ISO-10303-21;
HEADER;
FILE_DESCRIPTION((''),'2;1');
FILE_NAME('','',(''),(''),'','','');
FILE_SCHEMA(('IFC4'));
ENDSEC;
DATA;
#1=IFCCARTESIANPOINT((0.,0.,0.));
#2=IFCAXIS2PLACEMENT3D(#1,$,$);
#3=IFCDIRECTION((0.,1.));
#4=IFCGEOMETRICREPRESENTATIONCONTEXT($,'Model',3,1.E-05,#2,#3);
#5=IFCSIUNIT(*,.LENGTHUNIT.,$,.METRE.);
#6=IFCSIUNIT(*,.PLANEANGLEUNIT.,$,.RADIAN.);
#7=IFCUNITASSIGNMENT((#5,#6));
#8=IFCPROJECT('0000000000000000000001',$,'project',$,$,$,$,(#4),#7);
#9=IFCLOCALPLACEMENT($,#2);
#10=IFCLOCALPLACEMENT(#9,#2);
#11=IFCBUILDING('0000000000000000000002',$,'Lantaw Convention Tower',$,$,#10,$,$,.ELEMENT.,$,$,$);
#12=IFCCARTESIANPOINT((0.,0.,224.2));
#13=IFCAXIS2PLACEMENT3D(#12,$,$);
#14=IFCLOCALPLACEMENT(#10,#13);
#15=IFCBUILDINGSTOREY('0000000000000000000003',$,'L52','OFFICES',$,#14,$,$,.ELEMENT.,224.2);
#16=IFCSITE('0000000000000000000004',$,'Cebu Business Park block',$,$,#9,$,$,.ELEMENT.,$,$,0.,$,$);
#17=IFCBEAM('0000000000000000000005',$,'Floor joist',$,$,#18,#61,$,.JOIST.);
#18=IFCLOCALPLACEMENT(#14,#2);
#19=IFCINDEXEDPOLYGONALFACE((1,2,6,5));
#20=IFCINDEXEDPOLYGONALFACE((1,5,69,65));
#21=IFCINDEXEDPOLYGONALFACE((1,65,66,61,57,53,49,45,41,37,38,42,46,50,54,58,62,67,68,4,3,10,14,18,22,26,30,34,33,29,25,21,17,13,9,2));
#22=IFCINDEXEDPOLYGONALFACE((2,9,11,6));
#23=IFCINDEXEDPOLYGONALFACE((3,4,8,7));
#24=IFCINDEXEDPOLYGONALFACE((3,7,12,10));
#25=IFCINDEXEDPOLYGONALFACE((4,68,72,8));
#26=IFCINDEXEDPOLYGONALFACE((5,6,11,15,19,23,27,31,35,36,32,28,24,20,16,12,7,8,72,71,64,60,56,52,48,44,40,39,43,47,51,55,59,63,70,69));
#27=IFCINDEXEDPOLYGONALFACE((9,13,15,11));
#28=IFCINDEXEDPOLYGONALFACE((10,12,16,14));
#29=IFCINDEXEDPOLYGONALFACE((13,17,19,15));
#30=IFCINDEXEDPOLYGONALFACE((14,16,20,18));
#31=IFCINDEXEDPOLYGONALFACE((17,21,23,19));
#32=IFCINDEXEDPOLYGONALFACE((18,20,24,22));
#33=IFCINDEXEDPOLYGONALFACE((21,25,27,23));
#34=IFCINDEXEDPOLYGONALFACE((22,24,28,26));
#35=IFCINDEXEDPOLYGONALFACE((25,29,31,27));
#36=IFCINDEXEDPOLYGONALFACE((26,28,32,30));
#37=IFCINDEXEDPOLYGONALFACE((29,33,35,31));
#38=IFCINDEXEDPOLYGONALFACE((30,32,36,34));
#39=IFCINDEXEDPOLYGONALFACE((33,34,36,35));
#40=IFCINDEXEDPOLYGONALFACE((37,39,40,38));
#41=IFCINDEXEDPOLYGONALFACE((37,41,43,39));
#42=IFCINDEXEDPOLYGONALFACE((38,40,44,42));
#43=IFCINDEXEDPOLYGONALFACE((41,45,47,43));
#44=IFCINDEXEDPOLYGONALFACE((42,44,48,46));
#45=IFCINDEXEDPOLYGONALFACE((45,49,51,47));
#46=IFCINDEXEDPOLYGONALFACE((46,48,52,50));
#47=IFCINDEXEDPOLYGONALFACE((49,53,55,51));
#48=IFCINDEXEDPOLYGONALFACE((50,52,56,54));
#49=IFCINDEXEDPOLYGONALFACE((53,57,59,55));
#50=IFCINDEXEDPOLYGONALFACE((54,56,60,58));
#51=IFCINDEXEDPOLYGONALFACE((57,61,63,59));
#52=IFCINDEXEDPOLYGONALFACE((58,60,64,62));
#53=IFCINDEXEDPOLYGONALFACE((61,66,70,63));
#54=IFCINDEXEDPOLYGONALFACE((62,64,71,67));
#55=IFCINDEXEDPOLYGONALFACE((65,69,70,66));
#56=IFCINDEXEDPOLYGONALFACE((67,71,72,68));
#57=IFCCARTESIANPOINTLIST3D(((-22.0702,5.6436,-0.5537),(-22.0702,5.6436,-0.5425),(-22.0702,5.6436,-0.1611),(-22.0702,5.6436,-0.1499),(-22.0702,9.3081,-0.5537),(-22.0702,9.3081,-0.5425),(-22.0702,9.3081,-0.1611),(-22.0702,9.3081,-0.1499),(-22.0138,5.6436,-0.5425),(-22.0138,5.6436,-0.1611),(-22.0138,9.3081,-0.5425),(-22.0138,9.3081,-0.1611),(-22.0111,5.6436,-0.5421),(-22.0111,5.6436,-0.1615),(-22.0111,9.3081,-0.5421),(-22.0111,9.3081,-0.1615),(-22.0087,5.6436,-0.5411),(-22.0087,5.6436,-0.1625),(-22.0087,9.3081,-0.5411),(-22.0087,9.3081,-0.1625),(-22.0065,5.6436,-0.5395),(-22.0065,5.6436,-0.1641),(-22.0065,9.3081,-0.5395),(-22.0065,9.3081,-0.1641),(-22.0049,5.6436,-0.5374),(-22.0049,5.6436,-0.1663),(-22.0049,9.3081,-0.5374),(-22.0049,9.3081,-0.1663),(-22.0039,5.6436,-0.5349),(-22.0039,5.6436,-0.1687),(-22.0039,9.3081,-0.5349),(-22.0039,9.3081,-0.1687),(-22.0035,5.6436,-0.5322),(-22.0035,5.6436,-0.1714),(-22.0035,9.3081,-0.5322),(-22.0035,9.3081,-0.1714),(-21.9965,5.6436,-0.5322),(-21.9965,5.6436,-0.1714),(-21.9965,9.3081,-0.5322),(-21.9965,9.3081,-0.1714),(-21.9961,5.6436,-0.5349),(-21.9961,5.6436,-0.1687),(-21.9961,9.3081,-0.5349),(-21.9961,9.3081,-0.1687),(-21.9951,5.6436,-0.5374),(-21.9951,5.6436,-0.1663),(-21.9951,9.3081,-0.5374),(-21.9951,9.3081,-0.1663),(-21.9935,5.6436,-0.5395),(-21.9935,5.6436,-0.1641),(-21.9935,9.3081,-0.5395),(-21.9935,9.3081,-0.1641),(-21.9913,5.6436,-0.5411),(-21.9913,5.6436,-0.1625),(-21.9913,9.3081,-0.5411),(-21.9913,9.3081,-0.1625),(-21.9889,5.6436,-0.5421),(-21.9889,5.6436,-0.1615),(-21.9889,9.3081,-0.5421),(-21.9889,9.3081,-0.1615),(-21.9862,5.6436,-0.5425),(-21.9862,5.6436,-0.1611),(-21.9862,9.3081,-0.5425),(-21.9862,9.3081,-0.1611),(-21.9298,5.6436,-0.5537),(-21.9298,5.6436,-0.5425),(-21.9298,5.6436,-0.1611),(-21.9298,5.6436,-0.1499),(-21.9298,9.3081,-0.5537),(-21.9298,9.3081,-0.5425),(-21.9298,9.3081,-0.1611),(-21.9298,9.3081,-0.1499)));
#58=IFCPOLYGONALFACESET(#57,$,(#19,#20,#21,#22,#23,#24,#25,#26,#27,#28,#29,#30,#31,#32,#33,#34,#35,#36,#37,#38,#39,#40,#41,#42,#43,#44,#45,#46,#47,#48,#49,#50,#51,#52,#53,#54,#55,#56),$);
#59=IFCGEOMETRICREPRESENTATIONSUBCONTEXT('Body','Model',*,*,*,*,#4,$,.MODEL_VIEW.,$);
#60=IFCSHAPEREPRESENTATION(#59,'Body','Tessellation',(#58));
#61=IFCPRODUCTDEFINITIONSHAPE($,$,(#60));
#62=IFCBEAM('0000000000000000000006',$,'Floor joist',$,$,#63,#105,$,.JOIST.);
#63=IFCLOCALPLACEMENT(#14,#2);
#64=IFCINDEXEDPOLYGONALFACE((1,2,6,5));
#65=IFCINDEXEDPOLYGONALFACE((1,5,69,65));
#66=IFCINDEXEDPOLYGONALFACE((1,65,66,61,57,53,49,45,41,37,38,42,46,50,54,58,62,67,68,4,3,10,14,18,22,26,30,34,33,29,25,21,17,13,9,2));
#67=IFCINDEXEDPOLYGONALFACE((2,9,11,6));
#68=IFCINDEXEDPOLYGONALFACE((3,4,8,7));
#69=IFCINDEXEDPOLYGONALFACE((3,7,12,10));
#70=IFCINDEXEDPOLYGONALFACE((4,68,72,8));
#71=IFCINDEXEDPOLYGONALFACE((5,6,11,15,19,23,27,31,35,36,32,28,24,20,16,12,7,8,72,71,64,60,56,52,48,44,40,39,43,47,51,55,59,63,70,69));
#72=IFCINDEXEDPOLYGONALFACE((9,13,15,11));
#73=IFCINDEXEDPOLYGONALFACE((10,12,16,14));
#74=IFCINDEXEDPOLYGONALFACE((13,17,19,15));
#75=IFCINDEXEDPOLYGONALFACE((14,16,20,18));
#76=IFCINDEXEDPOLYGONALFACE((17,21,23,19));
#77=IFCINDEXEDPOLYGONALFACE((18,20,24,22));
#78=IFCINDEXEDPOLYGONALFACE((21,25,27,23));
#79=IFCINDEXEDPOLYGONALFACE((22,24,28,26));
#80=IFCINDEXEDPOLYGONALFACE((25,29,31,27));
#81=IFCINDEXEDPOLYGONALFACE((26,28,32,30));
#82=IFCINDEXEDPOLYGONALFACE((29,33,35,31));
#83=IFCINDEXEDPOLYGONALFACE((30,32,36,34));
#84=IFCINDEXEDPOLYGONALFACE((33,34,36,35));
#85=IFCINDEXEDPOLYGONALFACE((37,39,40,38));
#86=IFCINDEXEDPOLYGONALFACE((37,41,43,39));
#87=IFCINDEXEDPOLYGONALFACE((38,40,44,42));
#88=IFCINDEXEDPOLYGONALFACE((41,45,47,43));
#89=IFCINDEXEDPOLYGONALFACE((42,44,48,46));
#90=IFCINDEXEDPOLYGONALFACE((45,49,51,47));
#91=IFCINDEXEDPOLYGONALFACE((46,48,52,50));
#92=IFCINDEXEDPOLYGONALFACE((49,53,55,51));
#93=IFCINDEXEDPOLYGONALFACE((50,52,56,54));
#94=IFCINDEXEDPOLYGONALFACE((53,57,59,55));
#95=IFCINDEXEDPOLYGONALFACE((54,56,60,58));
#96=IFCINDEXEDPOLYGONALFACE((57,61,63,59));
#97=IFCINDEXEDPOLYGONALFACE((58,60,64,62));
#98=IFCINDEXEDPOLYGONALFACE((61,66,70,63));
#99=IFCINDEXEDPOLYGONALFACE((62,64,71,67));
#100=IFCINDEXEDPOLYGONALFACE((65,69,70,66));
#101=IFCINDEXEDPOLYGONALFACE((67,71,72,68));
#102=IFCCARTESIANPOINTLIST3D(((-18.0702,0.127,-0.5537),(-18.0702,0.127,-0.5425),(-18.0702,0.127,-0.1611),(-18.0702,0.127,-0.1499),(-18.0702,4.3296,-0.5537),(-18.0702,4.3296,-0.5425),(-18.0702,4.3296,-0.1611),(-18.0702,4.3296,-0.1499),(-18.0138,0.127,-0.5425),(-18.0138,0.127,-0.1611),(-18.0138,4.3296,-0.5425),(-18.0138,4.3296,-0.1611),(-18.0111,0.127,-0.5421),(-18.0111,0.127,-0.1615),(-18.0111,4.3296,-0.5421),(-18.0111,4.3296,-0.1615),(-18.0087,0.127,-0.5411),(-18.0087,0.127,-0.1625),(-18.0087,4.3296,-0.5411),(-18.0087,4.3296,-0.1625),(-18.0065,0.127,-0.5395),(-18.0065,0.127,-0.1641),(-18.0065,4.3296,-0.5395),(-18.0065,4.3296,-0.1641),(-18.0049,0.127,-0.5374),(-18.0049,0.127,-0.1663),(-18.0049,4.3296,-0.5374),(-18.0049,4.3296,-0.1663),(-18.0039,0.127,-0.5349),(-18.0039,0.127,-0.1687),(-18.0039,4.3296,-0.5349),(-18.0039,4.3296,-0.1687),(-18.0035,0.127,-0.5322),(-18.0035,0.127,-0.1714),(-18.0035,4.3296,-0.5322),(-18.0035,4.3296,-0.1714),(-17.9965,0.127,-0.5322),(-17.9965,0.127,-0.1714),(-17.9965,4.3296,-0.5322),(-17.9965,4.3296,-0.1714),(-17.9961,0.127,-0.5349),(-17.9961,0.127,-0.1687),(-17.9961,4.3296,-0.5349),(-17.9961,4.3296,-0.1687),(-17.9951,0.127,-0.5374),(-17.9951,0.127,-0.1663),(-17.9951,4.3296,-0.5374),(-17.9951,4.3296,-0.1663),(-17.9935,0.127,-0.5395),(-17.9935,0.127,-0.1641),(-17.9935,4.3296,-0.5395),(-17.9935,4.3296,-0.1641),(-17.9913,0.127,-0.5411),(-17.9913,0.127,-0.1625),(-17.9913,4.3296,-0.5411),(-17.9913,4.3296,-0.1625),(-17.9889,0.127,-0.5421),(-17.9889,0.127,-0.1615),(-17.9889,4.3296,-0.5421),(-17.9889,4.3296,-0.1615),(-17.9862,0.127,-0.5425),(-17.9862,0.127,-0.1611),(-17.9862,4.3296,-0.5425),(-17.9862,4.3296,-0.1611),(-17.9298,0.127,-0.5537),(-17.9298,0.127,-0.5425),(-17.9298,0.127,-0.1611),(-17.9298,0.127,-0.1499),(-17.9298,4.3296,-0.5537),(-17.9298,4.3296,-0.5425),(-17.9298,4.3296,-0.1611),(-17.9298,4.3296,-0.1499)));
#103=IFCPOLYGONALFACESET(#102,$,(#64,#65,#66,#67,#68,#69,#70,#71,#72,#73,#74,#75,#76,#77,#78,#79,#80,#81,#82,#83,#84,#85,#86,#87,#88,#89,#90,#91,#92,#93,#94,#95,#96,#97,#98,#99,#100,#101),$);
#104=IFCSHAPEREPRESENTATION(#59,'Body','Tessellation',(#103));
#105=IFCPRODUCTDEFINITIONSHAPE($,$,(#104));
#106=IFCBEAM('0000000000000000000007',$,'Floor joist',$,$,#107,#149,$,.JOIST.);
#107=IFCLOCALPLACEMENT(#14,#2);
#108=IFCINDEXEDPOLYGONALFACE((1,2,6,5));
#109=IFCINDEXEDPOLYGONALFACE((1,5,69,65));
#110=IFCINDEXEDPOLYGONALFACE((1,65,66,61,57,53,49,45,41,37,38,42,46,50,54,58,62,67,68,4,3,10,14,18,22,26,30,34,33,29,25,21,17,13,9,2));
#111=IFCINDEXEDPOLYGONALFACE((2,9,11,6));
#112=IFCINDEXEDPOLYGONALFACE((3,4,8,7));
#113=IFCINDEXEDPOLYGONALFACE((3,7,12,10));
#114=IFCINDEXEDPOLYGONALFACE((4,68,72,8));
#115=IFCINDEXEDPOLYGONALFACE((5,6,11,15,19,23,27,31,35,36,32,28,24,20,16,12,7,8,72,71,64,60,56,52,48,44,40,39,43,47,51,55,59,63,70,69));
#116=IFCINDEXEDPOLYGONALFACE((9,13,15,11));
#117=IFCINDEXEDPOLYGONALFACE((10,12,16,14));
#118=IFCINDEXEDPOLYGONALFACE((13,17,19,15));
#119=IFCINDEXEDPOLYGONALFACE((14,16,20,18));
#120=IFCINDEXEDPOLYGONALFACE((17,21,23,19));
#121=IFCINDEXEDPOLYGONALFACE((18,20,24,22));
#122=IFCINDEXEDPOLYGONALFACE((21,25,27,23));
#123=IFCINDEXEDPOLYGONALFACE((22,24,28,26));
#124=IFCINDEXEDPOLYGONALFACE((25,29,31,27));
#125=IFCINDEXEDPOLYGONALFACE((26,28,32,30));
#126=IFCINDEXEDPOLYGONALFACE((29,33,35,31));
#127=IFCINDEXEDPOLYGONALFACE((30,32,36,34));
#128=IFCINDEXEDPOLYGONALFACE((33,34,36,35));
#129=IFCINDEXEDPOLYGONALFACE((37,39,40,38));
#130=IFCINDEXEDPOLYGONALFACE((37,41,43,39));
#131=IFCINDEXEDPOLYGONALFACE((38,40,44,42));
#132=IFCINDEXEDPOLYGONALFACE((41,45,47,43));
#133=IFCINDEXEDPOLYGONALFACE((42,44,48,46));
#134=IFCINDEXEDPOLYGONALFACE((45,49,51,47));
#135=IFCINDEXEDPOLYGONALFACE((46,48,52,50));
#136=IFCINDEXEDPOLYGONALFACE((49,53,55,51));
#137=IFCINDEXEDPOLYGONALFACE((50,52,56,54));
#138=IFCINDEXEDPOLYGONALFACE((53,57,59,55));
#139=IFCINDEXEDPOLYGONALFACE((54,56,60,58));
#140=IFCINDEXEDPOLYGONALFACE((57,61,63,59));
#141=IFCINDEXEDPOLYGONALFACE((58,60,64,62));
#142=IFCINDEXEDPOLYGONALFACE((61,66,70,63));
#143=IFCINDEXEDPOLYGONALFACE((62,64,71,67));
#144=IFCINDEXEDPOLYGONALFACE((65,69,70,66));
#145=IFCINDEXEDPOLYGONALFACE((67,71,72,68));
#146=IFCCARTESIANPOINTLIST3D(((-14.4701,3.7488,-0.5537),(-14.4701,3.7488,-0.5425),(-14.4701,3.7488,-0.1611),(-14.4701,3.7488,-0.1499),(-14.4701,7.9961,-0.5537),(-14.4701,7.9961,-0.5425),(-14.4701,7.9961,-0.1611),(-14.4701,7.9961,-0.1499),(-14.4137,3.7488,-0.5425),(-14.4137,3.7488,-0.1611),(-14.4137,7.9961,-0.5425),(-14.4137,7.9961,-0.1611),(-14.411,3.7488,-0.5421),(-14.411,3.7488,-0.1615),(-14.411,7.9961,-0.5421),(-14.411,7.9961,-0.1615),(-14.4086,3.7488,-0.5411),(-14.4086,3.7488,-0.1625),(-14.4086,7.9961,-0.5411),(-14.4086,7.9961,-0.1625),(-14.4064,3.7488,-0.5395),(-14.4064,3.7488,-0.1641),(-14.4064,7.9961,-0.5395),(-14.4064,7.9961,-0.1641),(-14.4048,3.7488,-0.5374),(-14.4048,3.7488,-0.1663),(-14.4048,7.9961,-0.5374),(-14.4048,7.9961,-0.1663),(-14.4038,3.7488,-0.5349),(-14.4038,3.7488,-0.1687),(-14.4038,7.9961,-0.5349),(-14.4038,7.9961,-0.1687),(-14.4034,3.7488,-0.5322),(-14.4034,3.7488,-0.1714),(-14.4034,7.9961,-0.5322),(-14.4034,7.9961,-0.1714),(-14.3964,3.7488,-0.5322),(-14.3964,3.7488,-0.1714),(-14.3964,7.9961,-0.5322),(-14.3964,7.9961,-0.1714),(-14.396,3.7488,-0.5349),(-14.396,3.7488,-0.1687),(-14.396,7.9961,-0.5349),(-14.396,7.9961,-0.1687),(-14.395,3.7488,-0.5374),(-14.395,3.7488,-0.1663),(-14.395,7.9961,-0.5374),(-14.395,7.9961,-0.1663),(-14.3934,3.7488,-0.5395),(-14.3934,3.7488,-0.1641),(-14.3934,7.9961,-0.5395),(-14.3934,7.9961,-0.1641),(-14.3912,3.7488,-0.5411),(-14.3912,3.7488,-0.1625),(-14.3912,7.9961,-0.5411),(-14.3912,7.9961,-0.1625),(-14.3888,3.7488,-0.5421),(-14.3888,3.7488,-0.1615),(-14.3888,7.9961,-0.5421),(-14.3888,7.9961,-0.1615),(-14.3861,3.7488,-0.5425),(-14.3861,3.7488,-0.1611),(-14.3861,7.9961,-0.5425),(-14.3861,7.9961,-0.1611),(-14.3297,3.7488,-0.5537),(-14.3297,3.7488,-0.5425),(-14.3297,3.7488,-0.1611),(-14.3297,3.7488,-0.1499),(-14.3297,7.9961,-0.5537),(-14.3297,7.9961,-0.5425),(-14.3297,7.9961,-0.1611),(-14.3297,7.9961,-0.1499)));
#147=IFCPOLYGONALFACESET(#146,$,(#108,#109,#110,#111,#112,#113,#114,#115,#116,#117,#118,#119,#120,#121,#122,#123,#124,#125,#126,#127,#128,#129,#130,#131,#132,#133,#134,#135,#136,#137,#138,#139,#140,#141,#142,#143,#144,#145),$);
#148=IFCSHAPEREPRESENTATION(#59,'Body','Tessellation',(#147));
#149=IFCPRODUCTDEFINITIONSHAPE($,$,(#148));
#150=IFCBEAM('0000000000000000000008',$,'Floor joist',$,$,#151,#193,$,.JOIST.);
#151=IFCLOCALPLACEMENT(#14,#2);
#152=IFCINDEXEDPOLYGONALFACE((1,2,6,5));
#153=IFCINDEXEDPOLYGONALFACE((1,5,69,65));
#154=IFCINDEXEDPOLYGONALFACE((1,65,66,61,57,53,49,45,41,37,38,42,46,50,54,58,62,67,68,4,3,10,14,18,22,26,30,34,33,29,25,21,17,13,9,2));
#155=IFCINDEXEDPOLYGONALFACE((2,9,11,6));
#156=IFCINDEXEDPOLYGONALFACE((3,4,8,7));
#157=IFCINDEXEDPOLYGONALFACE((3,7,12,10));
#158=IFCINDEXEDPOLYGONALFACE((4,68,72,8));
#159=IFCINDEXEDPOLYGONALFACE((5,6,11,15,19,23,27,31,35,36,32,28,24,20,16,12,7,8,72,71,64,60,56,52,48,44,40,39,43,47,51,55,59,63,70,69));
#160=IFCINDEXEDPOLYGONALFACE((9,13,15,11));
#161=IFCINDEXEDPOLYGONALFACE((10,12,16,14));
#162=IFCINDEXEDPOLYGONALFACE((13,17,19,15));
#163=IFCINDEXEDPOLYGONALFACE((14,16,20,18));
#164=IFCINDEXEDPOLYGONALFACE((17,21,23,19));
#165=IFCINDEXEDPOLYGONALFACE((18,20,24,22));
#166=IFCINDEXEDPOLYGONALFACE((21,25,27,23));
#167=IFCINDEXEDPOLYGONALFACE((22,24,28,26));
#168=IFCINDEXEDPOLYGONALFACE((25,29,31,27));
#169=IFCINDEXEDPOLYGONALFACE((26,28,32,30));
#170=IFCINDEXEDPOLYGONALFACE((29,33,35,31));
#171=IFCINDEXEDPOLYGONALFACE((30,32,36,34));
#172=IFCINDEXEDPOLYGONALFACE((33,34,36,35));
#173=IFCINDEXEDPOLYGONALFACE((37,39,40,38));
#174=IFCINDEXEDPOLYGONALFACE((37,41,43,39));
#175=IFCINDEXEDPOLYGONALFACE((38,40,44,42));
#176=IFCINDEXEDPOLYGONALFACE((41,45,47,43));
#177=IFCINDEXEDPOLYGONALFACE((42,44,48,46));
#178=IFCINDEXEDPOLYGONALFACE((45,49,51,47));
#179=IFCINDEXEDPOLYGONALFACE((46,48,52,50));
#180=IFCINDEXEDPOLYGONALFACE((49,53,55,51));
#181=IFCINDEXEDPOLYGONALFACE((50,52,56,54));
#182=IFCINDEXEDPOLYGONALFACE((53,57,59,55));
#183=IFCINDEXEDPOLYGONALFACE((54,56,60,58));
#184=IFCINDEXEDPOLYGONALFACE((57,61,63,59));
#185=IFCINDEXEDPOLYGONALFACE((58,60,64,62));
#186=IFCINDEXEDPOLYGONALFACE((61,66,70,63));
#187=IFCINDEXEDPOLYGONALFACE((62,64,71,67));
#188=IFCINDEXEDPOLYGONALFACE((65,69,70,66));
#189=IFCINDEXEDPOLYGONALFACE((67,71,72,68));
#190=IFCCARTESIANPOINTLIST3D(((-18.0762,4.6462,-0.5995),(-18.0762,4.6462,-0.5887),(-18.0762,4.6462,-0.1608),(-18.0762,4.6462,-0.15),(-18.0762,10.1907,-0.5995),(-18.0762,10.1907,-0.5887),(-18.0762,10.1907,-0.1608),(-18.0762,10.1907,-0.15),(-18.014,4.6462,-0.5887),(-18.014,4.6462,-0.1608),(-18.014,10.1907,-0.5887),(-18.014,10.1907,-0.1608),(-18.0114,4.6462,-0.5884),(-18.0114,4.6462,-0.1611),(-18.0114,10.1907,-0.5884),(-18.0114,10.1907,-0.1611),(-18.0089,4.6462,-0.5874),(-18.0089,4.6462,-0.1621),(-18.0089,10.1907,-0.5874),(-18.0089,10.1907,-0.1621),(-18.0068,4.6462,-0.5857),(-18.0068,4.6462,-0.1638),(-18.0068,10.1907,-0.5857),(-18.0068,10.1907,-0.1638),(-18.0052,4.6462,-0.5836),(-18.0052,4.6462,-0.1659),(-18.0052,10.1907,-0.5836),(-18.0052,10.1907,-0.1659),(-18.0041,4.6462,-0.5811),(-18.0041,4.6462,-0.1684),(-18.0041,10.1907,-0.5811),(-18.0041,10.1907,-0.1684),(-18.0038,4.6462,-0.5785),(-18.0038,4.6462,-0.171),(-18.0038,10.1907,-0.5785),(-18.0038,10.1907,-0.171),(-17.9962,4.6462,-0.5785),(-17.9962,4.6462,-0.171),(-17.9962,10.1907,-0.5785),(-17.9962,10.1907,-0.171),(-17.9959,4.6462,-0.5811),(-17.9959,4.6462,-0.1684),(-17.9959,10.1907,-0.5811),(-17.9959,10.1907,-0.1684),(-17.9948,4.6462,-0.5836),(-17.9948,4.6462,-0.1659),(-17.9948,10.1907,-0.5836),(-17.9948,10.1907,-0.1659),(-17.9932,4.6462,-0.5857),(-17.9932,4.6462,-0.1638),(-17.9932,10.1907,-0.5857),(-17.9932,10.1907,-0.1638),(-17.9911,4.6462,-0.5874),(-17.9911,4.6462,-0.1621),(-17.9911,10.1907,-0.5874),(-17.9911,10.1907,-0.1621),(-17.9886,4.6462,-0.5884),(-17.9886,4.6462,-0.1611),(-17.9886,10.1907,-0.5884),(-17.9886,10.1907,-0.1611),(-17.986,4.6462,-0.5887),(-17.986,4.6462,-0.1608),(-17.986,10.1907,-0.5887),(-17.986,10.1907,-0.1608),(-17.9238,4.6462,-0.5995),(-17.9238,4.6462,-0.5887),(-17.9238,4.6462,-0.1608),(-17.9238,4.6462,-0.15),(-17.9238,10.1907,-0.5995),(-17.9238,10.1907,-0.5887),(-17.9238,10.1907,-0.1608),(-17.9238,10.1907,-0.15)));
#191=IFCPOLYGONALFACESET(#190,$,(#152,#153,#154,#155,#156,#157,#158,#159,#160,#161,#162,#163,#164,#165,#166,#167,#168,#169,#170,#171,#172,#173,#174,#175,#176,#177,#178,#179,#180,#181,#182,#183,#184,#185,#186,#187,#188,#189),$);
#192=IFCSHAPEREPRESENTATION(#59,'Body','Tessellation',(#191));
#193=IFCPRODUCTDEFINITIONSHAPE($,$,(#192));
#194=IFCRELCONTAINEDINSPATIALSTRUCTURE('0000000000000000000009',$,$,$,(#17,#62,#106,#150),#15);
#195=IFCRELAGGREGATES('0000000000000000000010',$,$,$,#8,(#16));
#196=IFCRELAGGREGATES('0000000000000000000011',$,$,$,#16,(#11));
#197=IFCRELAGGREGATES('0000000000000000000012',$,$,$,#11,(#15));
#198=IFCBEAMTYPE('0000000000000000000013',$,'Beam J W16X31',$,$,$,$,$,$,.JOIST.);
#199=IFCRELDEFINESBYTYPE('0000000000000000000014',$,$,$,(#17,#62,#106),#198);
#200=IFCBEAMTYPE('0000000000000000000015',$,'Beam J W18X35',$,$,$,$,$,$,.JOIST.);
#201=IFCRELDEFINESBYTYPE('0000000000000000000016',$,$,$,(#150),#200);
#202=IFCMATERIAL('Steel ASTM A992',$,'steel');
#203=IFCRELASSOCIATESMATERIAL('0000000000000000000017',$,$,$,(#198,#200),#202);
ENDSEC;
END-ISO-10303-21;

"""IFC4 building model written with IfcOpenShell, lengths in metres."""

from ifc_helpers import new_model, si_unit, direction, frame, origin, origin_2d, place, context, subcontext, project, spatial, i_section, extrude, material, material_profile, profile_set, type_object, element, save


model = new_model("IFC4")

# Units and contexts
model_context = context("Model", 3, precision=1e-05, world=origin(), true_north=direction((0.0, 1.0)))
body_context = subcontext(model_context, "Body", "Model", "MODEL_VIEW")
ifc_project = project(units=[si_unit("LENGTHUNIT", "METRE"), si_unit("PLANEANGLEUNIT", "RADIAN")], contexts=[model_context])

# Site, building, storey
site_placement = place(None, origin())
site = spatial("IfcSite", under=ifc_project, at=site_placement, Name="Cebu Business Park block", CompositionType="ELEMENT", RefElevation=0.0)
building_placement = place(site_placement, origin())
building = spatial("IfcBuilding", under=site, at=building_placement, Name="Lantaw Convention Tower", CompositionType="ELEMENT")
storey_placement = place(building_placement, frame((0.0, 0.0, 224.2)))
storey = spatial("IfcBuildingStorey", under=building, at=storey_placement, Name="L52", Description="OFFICES", CompositionType="ELEMENT", Elevation=224.2)

# Beams
ifc_material_1 = material(Name="Steel ASTM A992", Category="steel")
ifc_material_profile_1 = material_profile(ifc_material_1, i_section(OverallWidth=0.1404, OverallDepth=0.4038, WebThickness=0.0071, FlangeThickness=0.0112, FilletRadius=0.0103, at=origin_2d()), Name="W16X31")
ifc_profile_set_1 = profile_set([ifc_material_profile_1], Name="Steel ASTM A992")
beam_type_1 = type_object("IfcBeamType", Name="Beam J W16X31", PredefinedType="JOIST", material=ifc_profile_set_1)
beam_1_placement = place(storey_placement, frame((-22.0, 5.6436, -0.3518), z_axis=(0.0, 1.0, 0.0), x_axis=(-1.0, 0.0, 0.0)))
element("IfcBeam", 1, at=beam_1_placement, inside=storey, type_object=beam_type_1, Name="Floor joist", PredefinedType="JOIST", context=body_context, shape_type="SweptSolid", body=[
    extrude(i_section(OverallWidth=0.1404, OverallDepth=0.4038, WebThickness=0.0071, FlangeThickness=0.0112, FilletRadius=0.0103, at=origin_2d()), origin(), (0.0, 0.0, 1.0), 3.6646),
])
beam_2_placement = place(storey_placement, frame((-18.0, 0.127, -0.3518), z_axis=(0.0, 1.0, 0.0), x_axis=(-1.0, 0.0, 0.0)))
element("IfcBeam", 2, at=beam_2_placement, inside=storey, type_object=beam_type_1, Name="Floor joist", PredefinedType="JOIST", context=body_context, shape_type="SweptSolid", body=[
    extrude(i_section(OverallWidth=0.1404, OverallDepth=0.4038, WebThickness=0.0071, FlangeThickness=0.0112, FilletRadius=0.0103, at=origin_2d()), origin(), (0.0, 0.0, 1.0), 4.2026),
])
beam_3_placement = place(storey_placement, frame((-14.3999, 3.7488, -0.3518), z_axis=(0.0, 1.0, 0.0), x_axis=(-1.0, 0.0, 0.0)))
element("IfcBeam", 3, at=beam_3_placement, inside=storey, type_object=beam_type_1, Name="Floor joist", PredefinedType="JOIST", context=body_context, shape_type="SweptSolid", body=[
    extrude(i_section(OverallWidth=0.1404, OverallDepth=0.4038, WebThickness=0.0071, FlangeThickness=0.0112, FilletRadius=0.0103, at=origin_2d()), origin(), (0.0, 0.0, 1.0), 4.2473),
])
ifc_material_profile_2 = material_profile(ifc_material_1, i_section(OverallWidth=0.1523, OverallDepth=0.4495, WebThickness=0.0076, FlangeThickness=0.0107, FilletRadius=0.0103, at=origin_2d()), Name="W18X35")
ifc_profile_set_2 = profile_set([ifc_material_profile_2], Name="Steel ASTM A992")
beam_type_2 = type_object("IfcBeamType", Name="Beam J W18X35", PredefinedType="JOIST", material=ifc_profile_set_2)
beam_4_placement = place(storey_placement, frame((-18.0, 4.6462, -0.3748), z_axis=(0.0, 1.0, 0.0), x_axis=(-1.0, 0.0, 0.0)))
element("IfcBeam", 4, at=beam_4_placement, inside=storey, type_object=beam_type_2, Name="Floor joist", PredefinedType="JOIST", context=body_context, shape_type="SweptSolid", body=[
    extrude(i_section(OverallWidth=0.1523, OverallDepth=0.4495, WebThickness=0.0076, FlangeThickness=0.0107, FilletRadius=0.0103, at=origin_2d()), origin(), (0.0, 0.0, 1.0), 5.5444),
])

save(model, "model.ifc")
